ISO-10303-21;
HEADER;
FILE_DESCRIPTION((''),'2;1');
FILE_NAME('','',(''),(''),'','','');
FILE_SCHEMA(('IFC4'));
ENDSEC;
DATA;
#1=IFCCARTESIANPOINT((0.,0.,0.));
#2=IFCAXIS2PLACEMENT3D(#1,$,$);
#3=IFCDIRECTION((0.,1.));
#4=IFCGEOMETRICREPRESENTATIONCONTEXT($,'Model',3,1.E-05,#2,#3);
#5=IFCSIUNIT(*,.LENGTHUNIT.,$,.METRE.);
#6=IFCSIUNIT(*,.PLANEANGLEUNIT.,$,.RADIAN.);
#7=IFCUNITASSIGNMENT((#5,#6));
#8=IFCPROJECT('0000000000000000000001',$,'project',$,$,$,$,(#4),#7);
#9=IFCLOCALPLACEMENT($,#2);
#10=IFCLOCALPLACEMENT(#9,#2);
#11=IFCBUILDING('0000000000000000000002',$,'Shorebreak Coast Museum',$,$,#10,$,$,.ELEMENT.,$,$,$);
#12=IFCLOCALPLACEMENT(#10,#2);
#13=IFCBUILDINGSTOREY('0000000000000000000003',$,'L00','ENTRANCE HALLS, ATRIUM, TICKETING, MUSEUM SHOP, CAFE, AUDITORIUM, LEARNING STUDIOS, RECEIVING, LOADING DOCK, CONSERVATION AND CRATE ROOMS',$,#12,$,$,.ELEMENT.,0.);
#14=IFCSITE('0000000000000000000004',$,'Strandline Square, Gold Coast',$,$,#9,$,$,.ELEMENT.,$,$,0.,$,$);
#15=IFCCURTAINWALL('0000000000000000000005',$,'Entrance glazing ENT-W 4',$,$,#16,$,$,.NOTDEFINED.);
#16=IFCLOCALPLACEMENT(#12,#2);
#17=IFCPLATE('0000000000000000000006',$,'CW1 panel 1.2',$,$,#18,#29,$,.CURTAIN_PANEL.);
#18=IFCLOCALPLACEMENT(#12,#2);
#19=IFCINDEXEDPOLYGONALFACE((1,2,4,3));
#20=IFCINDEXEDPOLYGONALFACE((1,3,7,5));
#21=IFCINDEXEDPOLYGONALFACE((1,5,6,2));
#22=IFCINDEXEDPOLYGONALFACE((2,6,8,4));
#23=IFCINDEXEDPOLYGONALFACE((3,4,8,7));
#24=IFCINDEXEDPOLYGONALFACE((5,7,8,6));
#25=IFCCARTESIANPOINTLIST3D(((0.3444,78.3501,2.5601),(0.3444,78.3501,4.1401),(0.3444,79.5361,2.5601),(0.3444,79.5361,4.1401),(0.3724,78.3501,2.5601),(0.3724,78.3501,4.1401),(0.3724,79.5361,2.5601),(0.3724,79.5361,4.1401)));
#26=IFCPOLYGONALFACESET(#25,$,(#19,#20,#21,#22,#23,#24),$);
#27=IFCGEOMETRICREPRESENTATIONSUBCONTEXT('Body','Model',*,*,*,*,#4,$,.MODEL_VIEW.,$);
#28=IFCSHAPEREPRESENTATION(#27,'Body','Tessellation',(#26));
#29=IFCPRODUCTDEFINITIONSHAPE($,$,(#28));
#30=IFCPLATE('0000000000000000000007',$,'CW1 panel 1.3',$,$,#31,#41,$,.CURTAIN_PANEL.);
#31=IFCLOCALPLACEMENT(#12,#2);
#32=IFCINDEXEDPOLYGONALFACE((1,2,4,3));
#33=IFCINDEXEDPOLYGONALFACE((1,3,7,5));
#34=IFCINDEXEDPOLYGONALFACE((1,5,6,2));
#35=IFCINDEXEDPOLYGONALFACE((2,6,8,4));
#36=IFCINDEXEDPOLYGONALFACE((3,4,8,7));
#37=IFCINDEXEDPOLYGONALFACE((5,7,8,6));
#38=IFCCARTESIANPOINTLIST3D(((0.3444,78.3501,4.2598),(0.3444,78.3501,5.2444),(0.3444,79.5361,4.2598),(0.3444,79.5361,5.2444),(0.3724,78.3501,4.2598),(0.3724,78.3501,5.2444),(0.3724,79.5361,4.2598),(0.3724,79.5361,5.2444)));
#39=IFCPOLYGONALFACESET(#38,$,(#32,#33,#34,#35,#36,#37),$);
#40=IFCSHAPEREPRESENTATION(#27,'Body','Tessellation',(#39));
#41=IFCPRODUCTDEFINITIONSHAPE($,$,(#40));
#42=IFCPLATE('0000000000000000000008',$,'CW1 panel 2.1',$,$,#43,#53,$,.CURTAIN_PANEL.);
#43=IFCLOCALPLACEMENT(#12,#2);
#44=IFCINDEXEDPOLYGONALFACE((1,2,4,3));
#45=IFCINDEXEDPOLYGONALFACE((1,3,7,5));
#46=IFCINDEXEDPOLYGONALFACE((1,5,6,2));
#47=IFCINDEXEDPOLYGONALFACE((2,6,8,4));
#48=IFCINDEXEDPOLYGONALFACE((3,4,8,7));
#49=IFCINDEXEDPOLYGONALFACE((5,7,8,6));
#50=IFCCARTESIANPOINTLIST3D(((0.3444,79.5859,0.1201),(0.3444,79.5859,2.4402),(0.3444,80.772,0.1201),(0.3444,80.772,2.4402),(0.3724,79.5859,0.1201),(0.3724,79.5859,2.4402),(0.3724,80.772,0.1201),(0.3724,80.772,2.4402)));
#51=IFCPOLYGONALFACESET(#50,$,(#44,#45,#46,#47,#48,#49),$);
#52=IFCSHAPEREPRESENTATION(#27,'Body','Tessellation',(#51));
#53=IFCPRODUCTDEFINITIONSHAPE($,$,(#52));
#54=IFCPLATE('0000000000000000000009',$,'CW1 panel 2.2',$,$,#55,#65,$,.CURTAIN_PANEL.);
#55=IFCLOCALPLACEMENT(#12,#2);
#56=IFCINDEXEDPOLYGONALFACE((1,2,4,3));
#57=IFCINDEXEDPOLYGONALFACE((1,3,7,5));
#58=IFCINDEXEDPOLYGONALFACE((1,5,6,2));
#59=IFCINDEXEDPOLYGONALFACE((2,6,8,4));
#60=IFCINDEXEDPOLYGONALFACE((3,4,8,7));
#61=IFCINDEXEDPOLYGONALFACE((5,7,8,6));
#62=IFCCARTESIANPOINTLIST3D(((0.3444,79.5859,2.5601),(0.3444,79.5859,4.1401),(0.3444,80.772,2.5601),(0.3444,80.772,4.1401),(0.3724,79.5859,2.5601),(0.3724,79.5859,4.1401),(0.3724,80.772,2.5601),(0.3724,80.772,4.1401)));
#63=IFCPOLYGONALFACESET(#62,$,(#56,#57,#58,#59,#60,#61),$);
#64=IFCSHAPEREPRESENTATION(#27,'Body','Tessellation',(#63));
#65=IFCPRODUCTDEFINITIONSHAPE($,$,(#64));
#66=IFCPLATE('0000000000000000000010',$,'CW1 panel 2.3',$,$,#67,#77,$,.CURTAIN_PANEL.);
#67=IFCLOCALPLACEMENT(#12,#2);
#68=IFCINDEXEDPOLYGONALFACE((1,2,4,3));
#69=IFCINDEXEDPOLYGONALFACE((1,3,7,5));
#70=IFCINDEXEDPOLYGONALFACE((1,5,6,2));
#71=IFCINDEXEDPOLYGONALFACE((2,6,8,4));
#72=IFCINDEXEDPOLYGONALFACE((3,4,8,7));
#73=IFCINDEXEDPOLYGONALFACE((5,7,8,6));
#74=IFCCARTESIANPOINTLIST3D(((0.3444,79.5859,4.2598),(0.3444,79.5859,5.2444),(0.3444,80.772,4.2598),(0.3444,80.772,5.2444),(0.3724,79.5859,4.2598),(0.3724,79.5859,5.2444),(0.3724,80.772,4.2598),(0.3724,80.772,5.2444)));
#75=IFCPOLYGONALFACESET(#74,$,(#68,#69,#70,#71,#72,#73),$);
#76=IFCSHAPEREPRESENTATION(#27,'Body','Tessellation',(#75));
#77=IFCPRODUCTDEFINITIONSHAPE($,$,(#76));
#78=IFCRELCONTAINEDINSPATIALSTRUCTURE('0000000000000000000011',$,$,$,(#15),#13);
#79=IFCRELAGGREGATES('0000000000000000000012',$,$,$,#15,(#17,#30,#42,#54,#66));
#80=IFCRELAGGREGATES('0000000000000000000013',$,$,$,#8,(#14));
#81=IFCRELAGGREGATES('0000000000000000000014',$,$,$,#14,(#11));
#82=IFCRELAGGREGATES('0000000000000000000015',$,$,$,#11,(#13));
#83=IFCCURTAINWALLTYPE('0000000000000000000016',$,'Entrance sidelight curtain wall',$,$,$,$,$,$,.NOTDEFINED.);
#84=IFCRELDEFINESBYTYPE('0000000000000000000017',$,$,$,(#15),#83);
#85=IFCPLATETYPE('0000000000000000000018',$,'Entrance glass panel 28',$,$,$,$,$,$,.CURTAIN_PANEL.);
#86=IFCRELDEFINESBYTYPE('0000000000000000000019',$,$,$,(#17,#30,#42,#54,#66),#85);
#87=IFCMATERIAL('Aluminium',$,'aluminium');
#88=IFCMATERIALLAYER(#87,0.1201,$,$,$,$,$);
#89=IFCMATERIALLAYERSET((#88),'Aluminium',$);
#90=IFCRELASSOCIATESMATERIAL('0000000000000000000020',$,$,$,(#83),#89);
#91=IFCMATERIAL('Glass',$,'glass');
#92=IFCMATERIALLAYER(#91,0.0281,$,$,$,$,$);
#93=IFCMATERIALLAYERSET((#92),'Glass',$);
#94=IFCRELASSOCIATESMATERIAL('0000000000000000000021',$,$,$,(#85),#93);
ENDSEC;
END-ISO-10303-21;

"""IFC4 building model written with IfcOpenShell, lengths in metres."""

from ifc_helpers import new_model, si_unit, direction, frame, origin, origin_2d, place, context, subcontext, project, spatial, rectangle, extrude, material, layer, layer_set, type_object, element, aggregate, save


model = new_model("IFC4")

# Units and contexts
model_context = context("Model", 3, precision=1e-05, world=origin(), true_north=direction((0.0, 1.0)))
body_context = subcontext(model_context, "Body", "Model", "MODEL_VIEW")
ifc_project = project(units=[si_unit("LENGTHUNIT", "METRE"), si_unit("PLANEANGLEUNIT", "RADIAN")], contexts=[model_context])

# Site, building, storey
site_placement = place(None, origin())
site = spatial("IfcSite", under=ifc_project, at=site_placement, Name="Strandline Square, Gold Coast", CompositionType="ELEMENT", RefElevation=0.0)
building_placement = place(site_placement, origin())
building = spatial("IfcBuilding", under=site, at=building_placement, Name="Shorebreak Coast Museum", CompositionType="ELEMENT")
storey_placement = place(building_placement, origin())
storey = spatial("IfcBuildingStorey", under=building, at=storey_placement, Name="L00", Description="ENTRANCE HALLS, ATRIUM, TICKETING, MUSEUM SHOP, CAFE, AUDITORIUM, LEARNING STUDIOS, RECEIVING, LOADING DOCK, CONSERVATION AND CRATE ROOMS", CompositionType="ELEMENT", Elevation=0.0)

# Shared definitions
ifc_material_1 = material(Name="Aluminium", Category="aluminium")
ifc_layer_1 = layer(ifc_material_1, 0.1201)
ifc_layer_set_1 = layer_set([ifc_layer_1], Name="Aluminium")
curtain_wall_type = type_object("IfcCurtainWallType", Name="Entrance sidelight curtain wall", PredefinedType="NOTDEFINED", material=ifc_layer_set_1)

# Curtain wall
curtain_wall_1_placement = place(storey_placement, origin())
curtain_wall_1 = element("IfcCurtainWall", 1, at=curtain_wall_1_placement, inside=storey, type_object=curtain_wall_type, Name="Entrance glazing ENT-W 4", PredefinedType="NOTDEFINED")

# Plates
ifc_material_2 = material(Name="Glass", Category="glass")
ifc_layer_2 = layer(ifc_material_2, 0.0281)
ifc_layer_set_2 = layer_set([ifc_layer_2], Name="Glass")
plate_type = type_object("IfcPlateType", Name="Entrance glass panel 28", PredefinedType="CURTAIN_PANEL", material=ifc_layer_set_2)
plate_1_placement = place(storey_placement, frame((0.3584, 78.9431, 2.5601), z_axis=(0.0, 0.0, 1.0), x_axis=(0.0, 1.0, 0.0)))
plate_1 = element("IfcPlate", 2, at=plate_1_placement, type_object=plate_type, Name="CW1 panel 1.2", PredefinedType="CURTAIN_PANEL", context=body_context, shape_type="SweptSolid", body=[
    extrude(rectangle(XDim=1.186, YDim=0.0281, at=origin_2d()), origin(), (0.0, 0.0, 1.0), 1.5801),
])
plate_2_placement = place(storey_placement, frame((0.3584, 78.9431, 4.2598), z_axis=(0.0, 0.0, 1.0), x_axis=(0.0, 1.0, 0.0)))
plate_2 = element("IfcPlate", 3, at=plate_2_placement, type_object=plate_type, Name="CW1 panel 1.3", PredefinedType="CURTAIN_PANEL", context=body_context, shape_type="SweptSolid", body=[
    extrude(rectangle(XDim=1.186, YDim=0.0281, at=origin_2d()), origin(), (0.0, 0.0, 1.0), 0.9846),
])
plate_3_placement = place(storey_placement, frame((0.3584, 80.179, 0.1201), z_axis=(0.0, 0.0, 1.0), x_axis=(0.0, 1.0, 0.0)))
plate_3 = element("IfcPlate", 4, at=plate_3_placement, type_object=plate_type, Name="CW1 panel 2.1", PredefinedType="CURTAIN_PANEL", context=body_context, shape_type="SweptSolid", body=[
    extrude(rectangle(XDim=1.186, YDim=0.0281, at=origin_2d()), origin(), (0.0, 0.0, 1.0), 2.3201),
])
plate_4_placement = place(storey_placement, frame((0.3584, 80.179, 2.5601), z_axis=(0.0, 0.0, 1.0), x_axis=(0.0, 1.0, 0.0)))
plate_4 = element("IfcPlate", 5, at=plate_4_placement, type_object=plate_type, Name="CW1 panel 2.2", PredefinedType="CURTAIN_PANEL", context=body_context, shape_type="SweptSolid", body=[
    extrude(rectangle(XDim=1.186, YDim=0.0281, at=origin_2d()), origin(), (0.0, 0.0, 1.0), 1.5801),
])
plate_5_placement = place(storey_placement, frame((0.3584, 80.179, 4.2598), z_axis=(0.0, 0.0, 1.0), x_axis=(0.0, 1.0, 0.0)))
plate_5 = element("IfcPlate", 6, at=plate_5_placement, type_object=plate_type, Name="CW1 panel 2.3", PredefinedType="CURTAIN_PANEL", context=body_context, shape_type="SweptSolid", body=[
    extrude(rectangle(XDim=1.186, YDim=0.0281, at=origin_2d()), origin(), (0.0, 0.0, 1.0), 0.9846),
])
aggregate(curtain_wall_1, [plate_1, plate_2, plate_3, plate_4, plate_5])

save(model, "model.ifc")
